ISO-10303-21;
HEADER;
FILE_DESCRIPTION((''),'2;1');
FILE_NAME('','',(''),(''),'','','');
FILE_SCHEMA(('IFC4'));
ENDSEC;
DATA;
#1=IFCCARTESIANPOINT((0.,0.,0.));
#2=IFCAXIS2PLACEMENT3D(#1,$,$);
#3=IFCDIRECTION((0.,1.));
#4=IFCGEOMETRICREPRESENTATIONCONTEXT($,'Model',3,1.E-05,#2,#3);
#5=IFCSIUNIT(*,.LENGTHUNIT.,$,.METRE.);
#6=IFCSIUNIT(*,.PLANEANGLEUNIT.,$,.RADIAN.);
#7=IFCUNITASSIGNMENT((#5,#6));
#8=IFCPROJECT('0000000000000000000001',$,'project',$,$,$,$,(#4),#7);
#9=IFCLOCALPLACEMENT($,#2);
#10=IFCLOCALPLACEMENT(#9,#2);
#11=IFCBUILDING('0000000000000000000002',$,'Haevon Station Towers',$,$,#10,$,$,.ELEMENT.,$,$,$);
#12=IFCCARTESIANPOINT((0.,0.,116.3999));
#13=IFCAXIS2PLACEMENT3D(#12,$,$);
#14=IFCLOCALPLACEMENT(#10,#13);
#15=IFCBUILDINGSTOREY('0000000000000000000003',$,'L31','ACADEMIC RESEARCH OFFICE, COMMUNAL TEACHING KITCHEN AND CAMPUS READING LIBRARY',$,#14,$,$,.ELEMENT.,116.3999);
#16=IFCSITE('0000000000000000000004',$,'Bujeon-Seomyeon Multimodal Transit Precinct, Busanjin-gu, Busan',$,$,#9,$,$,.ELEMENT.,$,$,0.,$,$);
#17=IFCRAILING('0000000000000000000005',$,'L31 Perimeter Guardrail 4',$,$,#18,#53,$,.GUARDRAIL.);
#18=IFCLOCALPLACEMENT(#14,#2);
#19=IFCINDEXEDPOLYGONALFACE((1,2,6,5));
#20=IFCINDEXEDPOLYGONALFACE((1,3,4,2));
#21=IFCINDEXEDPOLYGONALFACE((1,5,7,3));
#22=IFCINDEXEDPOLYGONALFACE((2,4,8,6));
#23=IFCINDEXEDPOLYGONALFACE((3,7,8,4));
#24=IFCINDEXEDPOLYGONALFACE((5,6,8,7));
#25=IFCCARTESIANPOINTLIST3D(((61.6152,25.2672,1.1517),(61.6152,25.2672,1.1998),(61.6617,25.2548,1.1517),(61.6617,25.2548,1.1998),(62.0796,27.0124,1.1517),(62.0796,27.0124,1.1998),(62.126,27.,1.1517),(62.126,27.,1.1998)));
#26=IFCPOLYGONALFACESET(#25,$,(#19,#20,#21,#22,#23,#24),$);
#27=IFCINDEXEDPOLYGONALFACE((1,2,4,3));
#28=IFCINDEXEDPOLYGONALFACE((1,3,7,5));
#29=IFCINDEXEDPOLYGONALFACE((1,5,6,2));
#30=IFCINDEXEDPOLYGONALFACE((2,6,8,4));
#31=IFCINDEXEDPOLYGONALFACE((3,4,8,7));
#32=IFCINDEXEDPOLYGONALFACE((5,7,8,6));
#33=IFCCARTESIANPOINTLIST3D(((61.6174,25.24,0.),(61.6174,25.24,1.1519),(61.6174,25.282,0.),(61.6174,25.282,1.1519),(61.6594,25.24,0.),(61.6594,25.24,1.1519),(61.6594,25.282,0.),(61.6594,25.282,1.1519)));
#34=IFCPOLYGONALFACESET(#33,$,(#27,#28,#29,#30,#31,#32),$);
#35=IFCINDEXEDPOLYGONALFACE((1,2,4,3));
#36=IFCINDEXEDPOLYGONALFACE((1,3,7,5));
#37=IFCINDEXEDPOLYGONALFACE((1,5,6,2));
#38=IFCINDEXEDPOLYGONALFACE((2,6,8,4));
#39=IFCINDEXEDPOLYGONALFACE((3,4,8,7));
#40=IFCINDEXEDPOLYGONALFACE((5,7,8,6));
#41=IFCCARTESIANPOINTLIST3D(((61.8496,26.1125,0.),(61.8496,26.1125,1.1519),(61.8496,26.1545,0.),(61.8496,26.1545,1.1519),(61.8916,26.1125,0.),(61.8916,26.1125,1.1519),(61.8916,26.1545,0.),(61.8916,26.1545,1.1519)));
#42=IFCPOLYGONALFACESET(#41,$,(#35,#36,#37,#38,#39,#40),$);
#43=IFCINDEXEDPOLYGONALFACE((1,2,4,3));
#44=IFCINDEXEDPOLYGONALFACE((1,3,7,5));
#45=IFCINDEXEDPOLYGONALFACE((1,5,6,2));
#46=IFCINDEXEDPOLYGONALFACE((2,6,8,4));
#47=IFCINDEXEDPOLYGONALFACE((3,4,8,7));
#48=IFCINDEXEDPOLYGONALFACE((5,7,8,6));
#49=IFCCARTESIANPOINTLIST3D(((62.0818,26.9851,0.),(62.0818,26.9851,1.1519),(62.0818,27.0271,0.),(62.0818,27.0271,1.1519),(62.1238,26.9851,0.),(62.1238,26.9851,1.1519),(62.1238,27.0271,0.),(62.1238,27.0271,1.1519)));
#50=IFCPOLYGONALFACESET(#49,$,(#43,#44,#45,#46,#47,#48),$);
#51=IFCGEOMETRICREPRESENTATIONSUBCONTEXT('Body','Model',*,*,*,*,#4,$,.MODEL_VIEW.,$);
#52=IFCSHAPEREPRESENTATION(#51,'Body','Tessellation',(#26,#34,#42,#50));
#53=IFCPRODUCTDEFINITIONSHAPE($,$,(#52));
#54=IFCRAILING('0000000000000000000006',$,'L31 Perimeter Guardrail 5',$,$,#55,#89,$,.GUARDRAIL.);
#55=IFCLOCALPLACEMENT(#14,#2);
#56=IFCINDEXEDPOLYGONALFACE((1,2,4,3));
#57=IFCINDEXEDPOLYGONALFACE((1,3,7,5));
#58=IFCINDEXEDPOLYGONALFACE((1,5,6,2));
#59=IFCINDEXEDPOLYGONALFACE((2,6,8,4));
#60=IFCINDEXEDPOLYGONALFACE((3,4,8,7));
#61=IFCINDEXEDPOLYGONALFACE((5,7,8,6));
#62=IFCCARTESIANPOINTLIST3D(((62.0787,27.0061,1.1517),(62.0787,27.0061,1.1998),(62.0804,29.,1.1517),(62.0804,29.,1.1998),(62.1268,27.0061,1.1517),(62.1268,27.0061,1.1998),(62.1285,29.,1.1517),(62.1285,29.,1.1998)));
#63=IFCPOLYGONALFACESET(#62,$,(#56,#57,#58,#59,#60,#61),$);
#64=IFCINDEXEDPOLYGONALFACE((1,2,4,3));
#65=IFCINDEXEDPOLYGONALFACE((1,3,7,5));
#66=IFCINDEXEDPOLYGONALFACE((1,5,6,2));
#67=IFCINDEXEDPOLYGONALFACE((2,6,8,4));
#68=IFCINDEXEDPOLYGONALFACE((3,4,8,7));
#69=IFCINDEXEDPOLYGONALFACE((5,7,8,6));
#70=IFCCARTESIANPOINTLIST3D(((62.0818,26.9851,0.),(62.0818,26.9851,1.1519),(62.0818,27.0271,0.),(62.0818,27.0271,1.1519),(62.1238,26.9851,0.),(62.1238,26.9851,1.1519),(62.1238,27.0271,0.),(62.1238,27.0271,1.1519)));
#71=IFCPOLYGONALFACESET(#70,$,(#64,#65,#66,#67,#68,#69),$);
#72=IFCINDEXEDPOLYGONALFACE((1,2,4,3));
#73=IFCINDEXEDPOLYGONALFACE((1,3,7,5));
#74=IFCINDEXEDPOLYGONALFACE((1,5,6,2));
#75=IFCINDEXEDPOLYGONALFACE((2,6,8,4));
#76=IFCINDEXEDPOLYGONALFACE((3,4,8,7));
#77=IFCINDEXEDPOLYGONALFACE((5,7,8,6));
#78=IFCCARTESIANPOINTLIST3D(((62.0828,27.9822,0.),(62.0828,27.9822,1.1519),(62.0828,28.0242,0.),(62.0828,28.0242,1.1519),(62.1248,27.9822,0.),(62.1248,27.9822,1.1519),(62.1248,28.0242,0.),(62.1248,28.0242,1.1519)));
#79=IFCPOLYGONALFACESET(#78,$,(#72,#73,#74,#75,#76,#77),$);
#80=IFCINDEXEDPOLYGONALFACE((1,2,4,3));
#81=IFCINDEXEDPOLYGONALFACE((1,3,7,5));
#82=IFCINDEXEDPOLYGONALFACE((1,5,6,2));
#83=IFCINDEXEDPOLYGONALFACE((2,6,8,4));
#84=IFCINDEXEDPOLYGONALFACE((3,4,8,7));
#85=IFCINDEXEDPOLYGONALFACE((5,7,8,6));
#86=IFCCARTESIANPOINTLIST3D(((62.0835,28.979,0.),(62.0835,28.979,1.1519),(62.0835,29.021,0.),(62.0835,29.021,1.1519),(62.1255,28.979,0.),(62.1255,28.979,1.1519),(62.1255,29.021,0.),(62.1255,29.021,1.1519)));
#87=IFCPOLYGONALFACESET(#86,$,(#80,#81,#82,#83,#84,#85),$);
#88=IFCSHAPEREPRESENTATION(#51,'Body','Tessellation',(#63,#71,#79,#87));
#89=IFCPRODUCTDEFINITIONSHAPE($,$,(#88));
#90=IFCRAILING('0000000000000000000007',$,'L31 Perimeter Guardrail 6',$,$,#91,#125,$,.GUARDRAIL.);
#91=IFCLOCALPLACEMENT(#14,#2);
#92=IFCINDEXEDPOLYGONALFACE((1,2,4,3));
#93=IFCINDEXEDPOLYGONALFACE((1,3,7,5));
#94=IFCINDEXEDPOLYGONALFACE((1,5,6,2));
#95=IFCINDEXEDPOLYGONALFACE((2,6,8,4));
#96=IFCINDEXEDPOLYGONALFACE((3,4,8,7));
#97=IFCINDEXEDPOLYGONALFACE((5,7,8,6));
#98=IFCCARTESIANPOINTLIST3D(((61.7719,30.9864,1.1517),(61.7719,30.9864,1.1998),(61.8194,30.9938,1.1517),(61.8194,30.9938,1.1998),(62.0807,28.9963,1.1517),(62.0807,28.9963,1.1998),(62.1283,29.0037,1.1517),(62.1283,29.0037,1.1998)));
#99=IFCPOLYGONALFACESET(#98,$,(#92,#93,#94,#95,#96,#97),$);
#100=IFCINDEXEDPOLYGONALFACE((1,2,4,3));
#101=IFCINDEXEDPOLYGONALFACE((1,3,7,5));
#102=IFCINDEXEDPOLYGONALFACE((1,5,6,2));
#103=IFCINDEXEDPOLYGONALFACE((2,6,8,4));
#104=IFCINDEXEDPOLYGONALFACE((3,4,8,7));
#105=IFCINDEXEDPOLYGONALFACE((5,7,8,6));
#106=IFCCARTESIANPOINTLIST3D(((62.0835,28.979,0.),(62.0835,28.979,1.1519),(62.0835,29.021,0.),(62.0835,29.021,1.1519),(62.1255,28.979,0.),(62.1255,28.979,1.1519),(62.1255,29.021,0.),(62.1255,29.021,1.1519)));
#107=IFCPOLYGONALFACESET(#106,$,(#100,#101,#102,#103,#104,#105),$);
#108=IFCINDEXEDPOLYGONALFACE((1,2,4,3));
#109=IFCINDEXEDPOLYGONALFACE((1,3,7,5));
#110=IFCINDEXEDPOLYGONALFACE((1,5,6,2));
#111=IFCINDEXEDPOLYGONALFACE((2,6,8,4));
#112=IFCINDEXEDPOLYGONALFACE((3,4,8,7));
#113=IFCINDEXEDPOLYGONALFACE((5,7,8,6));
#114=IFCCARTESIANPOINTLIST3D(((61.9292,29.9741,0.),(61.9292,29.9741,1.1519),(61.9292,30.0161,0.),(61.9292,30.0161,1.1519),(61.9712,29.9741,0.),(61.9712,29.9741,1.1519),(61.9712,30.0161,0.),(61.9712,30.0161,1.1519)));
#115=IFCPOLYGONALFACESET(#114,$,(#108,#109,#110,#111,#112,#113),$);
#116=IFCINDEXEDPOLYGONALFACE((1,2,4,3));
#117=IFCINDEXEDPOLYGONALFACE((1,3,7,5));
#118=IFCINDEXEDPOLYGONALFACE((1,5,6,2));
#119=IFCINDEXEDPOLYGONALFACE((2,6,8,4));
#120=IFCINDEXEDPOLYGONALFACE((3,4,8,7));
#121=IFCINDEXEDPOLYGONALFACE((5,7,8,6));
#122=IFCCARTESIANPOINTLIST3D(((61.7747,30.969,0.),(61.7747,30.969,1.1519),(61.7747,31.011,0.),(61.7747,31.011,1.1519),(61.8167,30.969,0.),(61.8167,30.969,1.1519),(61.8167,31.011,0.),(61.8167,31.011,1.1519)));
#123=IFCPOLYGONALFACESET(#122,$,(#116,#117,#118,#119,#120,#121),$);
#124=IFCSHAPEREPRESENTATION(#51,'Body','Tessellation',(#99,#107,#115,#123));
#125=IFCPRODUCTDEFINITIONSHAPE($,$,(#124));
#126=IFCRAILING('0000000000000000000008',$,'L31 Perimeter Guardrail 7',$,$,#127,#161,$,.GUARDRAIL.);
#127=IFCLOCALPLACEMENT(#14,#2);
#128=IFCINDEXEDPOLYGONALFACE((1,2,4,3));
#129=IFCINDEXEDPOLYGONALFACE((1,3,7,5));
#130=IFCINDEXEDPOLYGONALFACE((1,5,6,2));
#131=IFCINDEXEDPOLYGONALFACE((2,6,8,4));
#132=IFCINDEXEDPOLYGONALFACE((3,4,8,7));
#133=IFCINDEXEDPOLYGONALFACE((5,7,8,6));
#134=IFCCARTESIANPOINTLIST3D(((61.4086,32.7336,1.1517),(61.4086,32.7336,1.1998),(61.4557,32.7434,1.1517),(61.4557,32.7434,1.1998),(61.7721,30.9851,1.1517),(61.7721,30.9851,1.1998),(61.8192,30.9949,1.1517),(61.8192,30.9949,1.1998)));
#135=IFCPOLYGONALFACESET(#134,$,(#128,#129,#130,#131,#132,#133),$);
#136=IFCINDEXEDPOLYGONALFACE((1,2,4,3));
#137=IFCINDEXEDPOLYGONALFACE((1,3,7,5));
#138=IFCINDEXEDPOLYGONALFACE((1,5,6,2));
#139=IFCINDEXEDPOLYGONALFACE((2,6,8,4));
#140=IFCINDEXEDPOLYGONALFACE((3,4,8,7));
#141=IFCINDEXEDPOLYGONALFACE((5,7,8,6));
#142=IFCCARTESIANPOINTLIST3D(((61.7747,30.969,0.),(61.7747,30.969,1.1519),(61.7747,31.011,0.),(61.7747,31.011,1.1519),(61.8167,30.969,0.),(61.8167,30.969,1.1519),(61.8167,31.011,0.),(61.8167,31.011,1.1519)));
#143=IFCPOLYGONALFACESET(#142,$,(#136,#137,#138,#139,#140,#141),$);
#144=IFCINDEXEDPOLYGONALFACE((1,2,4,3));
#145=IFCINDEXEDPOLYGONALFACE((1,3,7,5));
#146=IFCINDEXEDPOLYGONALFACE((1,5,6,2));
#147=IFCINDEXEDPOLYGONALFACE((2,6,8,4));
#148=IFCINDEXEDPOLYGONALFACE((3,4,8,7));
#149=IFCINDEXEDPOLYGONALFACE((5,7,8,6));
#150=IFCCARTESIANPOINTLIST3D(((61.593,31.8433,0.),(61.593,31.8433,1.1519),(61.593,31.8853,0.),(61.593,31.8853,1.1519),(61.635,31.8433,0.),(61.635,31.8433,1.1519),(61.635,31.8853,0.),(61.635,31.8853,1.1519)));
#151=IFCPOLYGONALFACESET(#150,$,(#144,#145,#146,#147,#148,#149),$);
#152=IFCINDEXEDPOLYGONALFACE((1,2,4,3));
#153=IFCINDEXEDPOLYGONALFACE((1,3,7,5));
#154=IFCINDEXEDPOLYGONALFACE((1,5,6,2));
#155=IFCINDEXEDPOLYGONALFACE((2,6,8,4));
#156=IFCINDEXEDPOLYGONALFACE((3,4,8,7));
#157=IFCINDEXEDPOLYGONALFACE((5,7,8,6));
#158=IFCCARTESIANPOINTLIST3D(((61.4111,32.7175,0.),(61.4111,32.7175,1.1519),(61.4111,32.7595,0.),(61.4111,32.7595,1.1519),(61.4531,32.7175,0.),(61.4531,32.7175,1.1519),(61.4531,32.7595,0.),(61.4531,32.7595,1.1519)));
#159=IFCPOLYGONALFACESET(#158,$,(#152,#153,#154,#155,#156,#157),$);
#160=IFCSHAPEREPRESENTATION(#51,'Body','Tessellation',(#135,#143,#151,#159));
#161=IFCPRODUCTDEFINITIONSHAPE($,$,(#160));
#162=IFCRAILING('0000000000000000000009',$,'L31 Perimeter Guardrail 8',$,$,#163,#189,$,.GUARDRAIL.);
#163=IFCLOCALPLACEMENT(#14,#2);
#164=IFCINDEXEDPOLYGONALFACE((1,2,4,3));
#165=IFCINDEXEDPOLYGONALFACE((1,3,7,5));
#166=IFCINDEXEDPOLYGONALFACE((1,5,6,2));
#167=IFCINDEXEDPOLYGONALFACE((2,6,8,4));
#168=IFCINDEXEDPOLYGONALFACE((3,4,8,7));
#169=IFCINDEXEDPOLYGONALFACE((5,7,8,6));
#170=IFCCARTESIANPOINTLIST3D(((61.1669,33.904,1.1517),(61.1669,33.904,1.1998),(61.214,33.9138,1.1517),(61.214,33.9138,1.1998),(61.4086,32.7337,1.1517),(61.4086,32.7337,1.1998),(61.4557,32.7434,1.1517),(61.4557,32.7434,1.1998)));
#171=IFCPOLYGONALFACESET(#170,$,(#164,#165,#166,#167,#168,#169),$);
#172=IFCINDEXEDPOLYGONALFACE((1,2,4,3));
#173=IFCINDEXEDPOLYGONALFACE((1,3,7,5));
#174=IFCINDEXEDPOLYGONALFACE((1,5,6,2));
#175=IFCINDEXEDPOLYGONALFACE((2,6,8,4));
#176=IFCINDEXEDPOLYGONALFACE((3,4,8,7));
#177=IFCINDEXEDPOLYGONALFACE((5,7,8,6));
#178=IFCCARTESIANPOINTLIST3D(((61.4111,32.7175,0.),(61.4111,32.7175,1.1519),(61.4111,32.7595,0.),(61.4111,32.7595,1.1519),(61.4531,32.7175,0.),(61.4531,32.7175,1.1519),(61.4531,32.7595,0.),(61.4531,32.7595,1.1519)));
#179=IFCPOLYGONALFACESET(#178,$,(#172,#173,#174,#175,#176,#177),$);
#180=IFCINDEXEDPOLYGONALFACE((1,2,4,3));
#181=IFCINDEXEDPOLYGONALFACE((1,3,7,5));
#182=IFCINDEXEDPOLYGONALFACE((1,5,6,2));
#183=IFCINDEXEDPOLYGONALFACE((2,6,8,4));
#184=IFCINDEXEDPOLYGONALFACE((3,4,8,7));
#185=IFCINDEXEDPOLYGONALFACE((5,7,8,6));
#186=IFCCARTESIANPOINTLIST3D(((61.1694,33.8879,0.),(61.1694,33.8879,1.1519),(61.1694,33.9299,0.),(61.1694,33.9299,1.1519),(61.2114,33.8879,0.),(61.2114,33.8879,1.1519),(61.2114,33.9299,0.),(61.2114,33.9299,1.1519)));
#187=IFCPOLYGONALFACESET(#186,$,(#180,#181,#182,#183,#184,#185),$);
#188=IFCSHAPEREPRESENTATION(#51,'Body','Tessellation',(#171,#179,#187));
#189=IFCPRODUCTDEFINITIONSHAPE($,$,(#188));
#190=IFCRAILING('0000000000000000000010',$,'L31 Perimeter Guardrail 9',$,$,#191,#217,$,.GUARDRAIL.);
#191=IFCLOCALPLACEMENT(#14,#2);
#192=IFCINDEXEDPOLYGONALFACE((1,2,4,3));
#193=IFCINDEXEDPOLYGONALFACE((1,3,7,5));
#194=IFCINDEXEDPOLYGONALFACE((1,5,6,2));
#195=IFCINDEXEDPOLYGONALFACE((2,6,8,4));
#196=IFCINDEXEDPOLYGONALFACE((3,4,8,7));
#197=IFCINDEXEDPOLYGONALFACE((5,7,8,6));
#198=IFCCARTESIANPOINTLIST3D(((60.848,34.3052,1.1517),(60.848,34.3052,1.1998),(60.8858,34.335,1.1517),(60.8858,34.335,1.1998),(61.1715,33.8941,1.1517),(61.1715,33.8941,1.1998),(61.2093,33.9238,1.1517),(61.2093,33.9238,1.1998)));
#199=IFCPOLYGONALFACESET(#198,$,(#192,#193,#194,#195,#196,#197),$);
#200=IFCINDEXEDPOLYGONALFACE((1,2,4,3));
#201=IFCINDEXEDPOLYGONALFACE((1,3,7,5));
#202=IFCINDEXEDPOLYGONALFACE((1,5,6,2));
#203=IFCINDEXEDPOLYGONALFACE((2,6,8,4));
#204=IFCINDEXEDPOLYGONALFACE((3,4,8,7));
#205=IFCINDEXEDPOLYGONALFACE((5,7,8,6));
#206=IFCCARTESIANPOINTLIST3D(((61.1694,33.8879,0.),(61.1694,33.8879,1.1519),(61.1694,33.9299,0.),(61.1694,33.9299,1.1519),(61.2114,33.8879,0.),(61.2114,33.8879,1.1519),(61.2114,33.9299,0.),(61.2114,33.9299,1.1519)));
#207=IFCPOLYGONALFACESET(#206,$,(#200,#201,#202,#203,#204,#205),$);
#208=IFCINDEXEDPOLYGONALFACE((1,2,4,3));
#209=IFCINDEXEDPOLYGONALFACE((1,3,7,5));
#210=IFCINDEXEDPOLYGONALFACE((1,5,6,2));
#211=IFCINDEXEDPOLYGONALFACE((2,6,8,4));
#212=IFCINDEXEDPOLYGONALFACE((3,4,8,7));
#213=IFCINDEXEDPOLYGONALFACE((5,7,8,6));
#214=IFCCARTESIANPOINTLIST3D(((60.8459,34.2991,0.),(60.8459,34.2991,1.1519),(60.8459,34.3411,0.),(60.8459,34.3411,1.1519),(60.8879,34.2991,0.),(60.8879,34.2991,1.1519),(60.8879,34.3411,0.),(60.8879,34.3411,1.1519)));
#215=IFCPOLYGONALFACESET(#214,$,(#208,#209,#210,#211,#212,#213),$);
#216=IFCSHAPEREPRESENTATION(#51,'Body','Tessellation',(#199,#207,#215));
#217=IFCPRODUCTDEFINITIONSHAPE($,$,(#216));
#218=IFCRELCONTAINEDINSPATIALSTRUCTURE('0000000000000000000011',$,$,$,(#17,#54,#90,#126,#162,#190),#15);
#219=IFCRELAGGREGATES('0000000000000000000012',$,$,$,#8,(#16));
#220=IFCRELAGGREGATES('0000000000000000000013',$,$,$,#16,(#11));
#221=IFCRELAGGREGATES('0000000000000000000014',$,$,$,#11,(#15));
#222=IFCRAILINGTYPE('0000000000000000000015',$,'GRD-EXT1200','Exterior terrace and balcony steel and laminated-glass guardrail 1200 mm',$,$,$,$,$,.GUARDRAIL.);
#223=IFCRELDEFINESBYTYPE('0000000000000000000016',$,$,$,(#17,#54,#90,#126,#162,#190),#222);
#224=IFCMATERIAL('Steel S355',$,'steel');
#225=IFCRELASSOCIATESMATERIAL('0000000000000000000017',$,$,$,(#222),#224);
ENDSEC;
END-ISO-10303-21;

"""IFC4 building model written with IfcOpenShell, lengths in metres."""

from ifc_helpers import new_model, si_unit, direction, frame, origin, origin_2d, place, context, subcontext, project, spatial, rectangle, extrude, material, type_object, element, save


model = new_model("IFC4")

# Units and contexts
model_context = context("Model", 3, precision=1e-05, world=origin(), true_north=direction((0.0, 1.0)))
body_context = subcontext(model_context, "Body", "Model", "MODEL_VIEW")
ifc_project = project(units=[si_unit("LENGTHUNIT", "METRE"), si_unit("PLANEANGLEUNIT", "RADIAN")], contexts=[model_context])

# Site, building, storey
site_placement = place(None, origin())
site = spatial("IfcSite", under=ifc_project, at=site_placement, Name="Bujeon-Seomyeon Multimodal Transit Precinct, Busanjin-gu, Busan", CompositionType="ELEMENT", RefElevation=0.0)
building_placement = place(site_placement, origin())
building = spatial("IfcBuilding", under=site, at=building_placement, Name="Haevon Station Towers", CompositionType="ELEMENT")
storey_placement = place(building_placement, frame((0.0, 0.0, 116.3999)))
storey = spatial("IfcBuildingStorey", under=building, at=storey_placement, Name="L31", Description="ACADEMIC RESEARCH OFFICE, COMMUNAL TEACHING KITCHEN AND CAMPUS READING LIBRARY", CompositionType="ELEMENT", Elevation=116.3999)

# Shared definitions
ifc_material_1 = material(Name="Steel S355", Category="steel")

# Railings
railing_type = type_object("IfcRailingType", Name="GRD-EXT1200", Description="Exterior terrace and balcony steel and laminated-glass guardrail 1200 mm", PredefinedType="GUARDRAIL", material=ifc_material_1)
railing_1_placement = place(storey_placement, frame((61.6384, 25.261, 0.0)))
element("IfcRailing", 1, at=railing_1_placement, inside=storey, type_object=railing_type, Name="L31 Perimeter Guardrail 4", PredefinedType="GUARDRAIL", context=body_context, shape_type="SweptSolid", body=[
    extrude(rectangle(XDim=0.0481, YDim=0.0481, at=origin_2d()), frame((0.0, 0.0, 1.1758), z_axis=(0.257141, 0.966374, 0.0), x_axis=(-0.966374, 0.257141, 0.0)), (0.0, 0.0, 1.0), 1.8059),
    extrude(rectangle(XDim=0.042, YDim=0.042, at=origin_2d()), origin(), (0.0, 0.0, 1.0), 1.1519),
    extrude(rectangle(XDim=0.042, YDim=0.042, at=origin_2d()), frame((0.2322, 0.8726, 0.0)), (0.0, 0.0, 1.0), 1.1519),
    extrude(rectangle(XDim=0.042, YDim=0.042, at=origin_2d()), frame((0.4644, 1.7451, 0.0)), (0.0, 0.0, 1.0), 1.1519),
])
railing_2_placement = place(storey_placement, frame((62.1028, 27.0061, 0.0)))
element("IfcRailing", 2, at=railing_2_placement, inside=storey, type_object=railing_type, Name="L31 Perimeter Guardrail 5", PredefinedType="GUARDRAIL", context=body_context, shape_type="SweptSolid", body=[
    extrude(rectangle(XDim=0.0481, YDim=0.0481, at=origin_2d()), frame((0.0, 0.0, 1.1758), z_axis=(0.000857, 1.0, 0.0), x_axis=(-1.0, 0.000857, 0.0)), (0.0, 0.0, 1.0), 1.9939),
    extrude(rectangle(XDim=0.042, YDim=0.042, at=origin_2d()), origin(), (0.0, 0.0, 1.0), 1.1519),
    extrude(rectangle(XDim=0.042, YDim=0.042, at=origin_2d()), frame((0.001, 0.9971, 0.0)), (0.0, 0.0, 1.0), 1.1519),
    extrude(rectangle(XDim=0.042, YDim=0.042, at=origin_2d()), frame((0.0017, 1.9939, 0.0)), (0.0, 0.0, 1.0), 1.1519),
])
railing_3_placement = place(storey_placement, frame((62.1045, 29.0, 0.0)))
element("IfcRailing", 3, at=railing_3_placement, inside=storey, type_object=railing_type, Name="L31 Perimeter Guardrail 6", PredefinedType="GUARDRAIL", context=body_context, shape_type="SweptSolid", body=[
    extrude(rectangle(XDim=0.0481, YDim=0.0481, at=origin_2d()), frame((0.0, 0.0, 1.1758), z_axis=(-0.15336, 0.98817, 0.0), x_axis=(-0.98817, -0.15336, 0.0)), (0.0, 0.0, 1.0), 2.0139),
    extrude(rectangle(XDim=0.042, YDim=0.042, at=origin_2d()), origin(), (0.0, 0.0, 1.0), 1.1519),
    extrude(rectangle(XDim=0.042, YDim=0.042, at=origin_2d()), frame((-0.1543, 0.9951, 0.0)), (0.0, 0.0, 1.0), 1.1519),
    extrude(rectangle(XDim=0.042, YDim=0.042, at=origin_2d()), frame((-0.3088, 1.99, 0.0)), (0.0, 0.0, 1.0), 1.1519),
])
railing_4_placement = place(storey_placement, frame((61.7957, 30.99, 0.0)))
element("IfcRailing", 4, at=railing_4_placement, inside=storey, type_object=railing_type, Name="L31 Perimeter Guardrail 7", PredefinedType="GUARDRAIL", context=body_context, shape_type="SweptSolid", body=[
    extrude(rectangle(XDim=0.0481, YDim=0.0481, at=origin_2d()), frame((0.0, 0.0, 1.1758), z_axis=(-0.20355, 0.979064, 0.0), x_axis=(-0.979064, -0.20355, 0.0)), (0.0, 0.0, 1.0), 1.7859),
    extrude(rectangle(XDim=0.042, YDim=0.042, at=origin_2d()), origin(), (0.0, 0.0, 1.0), 1.1519),
    extrude(rectangle(XDim=0.042, YDim=0.042, at=origin_2d()), frame((-0.1816, 0.8743, 0.0)), (0.0, 0.0, 1.0), 1.1519),
    extrude(rectangle(XDim=0.042, YDim=0.042, at=origin_2d()), frame((-0.3635, 1.7485, 0.0)), (0.0, 0.0, 1.0), 1.1519),
])
railing_5_placement = place(storey_placement, frame((61.4321, 32.7385, 0.0)))
element("IfcRailing", 5, at=railing_5_placement, inside=storey, type_object=railing_type, Name="L31 Perimeter Guardrail 8", PredefinedType="GUARDRAIL", context=body_context, shape_type="SweptSolid", body=[
    extrude(rectangle(XDim=0.0481, YDim=0.0481, at=origin_2d()), frame((0.0, 0.0, 1.1758), z_axis=(-0.202241, 0.979336, 0.0), x_axis=(-0.979336, -0.202241, 0.0)), (0.0, 0.0, 1.0), 1.1951),
    extrude(rectangle(XDim=0.042, YDim=0.042, at=origin_2d()), origin(), (0.0, 0.0, 1.0), 1.1519),
    extrude(rectangle(XDim=0.042, YDim=0.042, at=origin_2d()), frame((-0.2417, 1.1704, 0.0)), (0.0, 0.0, 1.0), 1.1519),
])
railing_6_placement = place(storey_placement, frame((61.1904, 33.9089, 0.0)))
element("IfcRailing", 6, at=railing_6_placement, inside=storey, type_object=railing_type, Name="L31 Perimeter Guardrail 9", PredefinedType="GUARDRAIL", context=body_context, shape_type="SweptSolid", body=[
    extrude(rectangle(XDim=0.0481, YDim=0.0481, at=origin_2d()), frame((0.0, 0.0, 1.1758), z_axis=(-0.618357, 0.785897, 0.0), x_axis=(-0.785897, -0.618357, 0.0)), (0.0, 0.0, 1.0), 0.5232),
    extrude(rectangle(XDim=0.042, YDim=0.042, at=origin_2d()), origin(), (0.0, 0.0, 1.0), 1.1519),
    extrude(rectangle(XDim=0.042, YDim=0.042, at=origin_2d()), frame((-0.3235, 0.4111, 0.0)), (0.0, 0.0, 1.0), 1.1519),
])

save(model, "model.ifc")
